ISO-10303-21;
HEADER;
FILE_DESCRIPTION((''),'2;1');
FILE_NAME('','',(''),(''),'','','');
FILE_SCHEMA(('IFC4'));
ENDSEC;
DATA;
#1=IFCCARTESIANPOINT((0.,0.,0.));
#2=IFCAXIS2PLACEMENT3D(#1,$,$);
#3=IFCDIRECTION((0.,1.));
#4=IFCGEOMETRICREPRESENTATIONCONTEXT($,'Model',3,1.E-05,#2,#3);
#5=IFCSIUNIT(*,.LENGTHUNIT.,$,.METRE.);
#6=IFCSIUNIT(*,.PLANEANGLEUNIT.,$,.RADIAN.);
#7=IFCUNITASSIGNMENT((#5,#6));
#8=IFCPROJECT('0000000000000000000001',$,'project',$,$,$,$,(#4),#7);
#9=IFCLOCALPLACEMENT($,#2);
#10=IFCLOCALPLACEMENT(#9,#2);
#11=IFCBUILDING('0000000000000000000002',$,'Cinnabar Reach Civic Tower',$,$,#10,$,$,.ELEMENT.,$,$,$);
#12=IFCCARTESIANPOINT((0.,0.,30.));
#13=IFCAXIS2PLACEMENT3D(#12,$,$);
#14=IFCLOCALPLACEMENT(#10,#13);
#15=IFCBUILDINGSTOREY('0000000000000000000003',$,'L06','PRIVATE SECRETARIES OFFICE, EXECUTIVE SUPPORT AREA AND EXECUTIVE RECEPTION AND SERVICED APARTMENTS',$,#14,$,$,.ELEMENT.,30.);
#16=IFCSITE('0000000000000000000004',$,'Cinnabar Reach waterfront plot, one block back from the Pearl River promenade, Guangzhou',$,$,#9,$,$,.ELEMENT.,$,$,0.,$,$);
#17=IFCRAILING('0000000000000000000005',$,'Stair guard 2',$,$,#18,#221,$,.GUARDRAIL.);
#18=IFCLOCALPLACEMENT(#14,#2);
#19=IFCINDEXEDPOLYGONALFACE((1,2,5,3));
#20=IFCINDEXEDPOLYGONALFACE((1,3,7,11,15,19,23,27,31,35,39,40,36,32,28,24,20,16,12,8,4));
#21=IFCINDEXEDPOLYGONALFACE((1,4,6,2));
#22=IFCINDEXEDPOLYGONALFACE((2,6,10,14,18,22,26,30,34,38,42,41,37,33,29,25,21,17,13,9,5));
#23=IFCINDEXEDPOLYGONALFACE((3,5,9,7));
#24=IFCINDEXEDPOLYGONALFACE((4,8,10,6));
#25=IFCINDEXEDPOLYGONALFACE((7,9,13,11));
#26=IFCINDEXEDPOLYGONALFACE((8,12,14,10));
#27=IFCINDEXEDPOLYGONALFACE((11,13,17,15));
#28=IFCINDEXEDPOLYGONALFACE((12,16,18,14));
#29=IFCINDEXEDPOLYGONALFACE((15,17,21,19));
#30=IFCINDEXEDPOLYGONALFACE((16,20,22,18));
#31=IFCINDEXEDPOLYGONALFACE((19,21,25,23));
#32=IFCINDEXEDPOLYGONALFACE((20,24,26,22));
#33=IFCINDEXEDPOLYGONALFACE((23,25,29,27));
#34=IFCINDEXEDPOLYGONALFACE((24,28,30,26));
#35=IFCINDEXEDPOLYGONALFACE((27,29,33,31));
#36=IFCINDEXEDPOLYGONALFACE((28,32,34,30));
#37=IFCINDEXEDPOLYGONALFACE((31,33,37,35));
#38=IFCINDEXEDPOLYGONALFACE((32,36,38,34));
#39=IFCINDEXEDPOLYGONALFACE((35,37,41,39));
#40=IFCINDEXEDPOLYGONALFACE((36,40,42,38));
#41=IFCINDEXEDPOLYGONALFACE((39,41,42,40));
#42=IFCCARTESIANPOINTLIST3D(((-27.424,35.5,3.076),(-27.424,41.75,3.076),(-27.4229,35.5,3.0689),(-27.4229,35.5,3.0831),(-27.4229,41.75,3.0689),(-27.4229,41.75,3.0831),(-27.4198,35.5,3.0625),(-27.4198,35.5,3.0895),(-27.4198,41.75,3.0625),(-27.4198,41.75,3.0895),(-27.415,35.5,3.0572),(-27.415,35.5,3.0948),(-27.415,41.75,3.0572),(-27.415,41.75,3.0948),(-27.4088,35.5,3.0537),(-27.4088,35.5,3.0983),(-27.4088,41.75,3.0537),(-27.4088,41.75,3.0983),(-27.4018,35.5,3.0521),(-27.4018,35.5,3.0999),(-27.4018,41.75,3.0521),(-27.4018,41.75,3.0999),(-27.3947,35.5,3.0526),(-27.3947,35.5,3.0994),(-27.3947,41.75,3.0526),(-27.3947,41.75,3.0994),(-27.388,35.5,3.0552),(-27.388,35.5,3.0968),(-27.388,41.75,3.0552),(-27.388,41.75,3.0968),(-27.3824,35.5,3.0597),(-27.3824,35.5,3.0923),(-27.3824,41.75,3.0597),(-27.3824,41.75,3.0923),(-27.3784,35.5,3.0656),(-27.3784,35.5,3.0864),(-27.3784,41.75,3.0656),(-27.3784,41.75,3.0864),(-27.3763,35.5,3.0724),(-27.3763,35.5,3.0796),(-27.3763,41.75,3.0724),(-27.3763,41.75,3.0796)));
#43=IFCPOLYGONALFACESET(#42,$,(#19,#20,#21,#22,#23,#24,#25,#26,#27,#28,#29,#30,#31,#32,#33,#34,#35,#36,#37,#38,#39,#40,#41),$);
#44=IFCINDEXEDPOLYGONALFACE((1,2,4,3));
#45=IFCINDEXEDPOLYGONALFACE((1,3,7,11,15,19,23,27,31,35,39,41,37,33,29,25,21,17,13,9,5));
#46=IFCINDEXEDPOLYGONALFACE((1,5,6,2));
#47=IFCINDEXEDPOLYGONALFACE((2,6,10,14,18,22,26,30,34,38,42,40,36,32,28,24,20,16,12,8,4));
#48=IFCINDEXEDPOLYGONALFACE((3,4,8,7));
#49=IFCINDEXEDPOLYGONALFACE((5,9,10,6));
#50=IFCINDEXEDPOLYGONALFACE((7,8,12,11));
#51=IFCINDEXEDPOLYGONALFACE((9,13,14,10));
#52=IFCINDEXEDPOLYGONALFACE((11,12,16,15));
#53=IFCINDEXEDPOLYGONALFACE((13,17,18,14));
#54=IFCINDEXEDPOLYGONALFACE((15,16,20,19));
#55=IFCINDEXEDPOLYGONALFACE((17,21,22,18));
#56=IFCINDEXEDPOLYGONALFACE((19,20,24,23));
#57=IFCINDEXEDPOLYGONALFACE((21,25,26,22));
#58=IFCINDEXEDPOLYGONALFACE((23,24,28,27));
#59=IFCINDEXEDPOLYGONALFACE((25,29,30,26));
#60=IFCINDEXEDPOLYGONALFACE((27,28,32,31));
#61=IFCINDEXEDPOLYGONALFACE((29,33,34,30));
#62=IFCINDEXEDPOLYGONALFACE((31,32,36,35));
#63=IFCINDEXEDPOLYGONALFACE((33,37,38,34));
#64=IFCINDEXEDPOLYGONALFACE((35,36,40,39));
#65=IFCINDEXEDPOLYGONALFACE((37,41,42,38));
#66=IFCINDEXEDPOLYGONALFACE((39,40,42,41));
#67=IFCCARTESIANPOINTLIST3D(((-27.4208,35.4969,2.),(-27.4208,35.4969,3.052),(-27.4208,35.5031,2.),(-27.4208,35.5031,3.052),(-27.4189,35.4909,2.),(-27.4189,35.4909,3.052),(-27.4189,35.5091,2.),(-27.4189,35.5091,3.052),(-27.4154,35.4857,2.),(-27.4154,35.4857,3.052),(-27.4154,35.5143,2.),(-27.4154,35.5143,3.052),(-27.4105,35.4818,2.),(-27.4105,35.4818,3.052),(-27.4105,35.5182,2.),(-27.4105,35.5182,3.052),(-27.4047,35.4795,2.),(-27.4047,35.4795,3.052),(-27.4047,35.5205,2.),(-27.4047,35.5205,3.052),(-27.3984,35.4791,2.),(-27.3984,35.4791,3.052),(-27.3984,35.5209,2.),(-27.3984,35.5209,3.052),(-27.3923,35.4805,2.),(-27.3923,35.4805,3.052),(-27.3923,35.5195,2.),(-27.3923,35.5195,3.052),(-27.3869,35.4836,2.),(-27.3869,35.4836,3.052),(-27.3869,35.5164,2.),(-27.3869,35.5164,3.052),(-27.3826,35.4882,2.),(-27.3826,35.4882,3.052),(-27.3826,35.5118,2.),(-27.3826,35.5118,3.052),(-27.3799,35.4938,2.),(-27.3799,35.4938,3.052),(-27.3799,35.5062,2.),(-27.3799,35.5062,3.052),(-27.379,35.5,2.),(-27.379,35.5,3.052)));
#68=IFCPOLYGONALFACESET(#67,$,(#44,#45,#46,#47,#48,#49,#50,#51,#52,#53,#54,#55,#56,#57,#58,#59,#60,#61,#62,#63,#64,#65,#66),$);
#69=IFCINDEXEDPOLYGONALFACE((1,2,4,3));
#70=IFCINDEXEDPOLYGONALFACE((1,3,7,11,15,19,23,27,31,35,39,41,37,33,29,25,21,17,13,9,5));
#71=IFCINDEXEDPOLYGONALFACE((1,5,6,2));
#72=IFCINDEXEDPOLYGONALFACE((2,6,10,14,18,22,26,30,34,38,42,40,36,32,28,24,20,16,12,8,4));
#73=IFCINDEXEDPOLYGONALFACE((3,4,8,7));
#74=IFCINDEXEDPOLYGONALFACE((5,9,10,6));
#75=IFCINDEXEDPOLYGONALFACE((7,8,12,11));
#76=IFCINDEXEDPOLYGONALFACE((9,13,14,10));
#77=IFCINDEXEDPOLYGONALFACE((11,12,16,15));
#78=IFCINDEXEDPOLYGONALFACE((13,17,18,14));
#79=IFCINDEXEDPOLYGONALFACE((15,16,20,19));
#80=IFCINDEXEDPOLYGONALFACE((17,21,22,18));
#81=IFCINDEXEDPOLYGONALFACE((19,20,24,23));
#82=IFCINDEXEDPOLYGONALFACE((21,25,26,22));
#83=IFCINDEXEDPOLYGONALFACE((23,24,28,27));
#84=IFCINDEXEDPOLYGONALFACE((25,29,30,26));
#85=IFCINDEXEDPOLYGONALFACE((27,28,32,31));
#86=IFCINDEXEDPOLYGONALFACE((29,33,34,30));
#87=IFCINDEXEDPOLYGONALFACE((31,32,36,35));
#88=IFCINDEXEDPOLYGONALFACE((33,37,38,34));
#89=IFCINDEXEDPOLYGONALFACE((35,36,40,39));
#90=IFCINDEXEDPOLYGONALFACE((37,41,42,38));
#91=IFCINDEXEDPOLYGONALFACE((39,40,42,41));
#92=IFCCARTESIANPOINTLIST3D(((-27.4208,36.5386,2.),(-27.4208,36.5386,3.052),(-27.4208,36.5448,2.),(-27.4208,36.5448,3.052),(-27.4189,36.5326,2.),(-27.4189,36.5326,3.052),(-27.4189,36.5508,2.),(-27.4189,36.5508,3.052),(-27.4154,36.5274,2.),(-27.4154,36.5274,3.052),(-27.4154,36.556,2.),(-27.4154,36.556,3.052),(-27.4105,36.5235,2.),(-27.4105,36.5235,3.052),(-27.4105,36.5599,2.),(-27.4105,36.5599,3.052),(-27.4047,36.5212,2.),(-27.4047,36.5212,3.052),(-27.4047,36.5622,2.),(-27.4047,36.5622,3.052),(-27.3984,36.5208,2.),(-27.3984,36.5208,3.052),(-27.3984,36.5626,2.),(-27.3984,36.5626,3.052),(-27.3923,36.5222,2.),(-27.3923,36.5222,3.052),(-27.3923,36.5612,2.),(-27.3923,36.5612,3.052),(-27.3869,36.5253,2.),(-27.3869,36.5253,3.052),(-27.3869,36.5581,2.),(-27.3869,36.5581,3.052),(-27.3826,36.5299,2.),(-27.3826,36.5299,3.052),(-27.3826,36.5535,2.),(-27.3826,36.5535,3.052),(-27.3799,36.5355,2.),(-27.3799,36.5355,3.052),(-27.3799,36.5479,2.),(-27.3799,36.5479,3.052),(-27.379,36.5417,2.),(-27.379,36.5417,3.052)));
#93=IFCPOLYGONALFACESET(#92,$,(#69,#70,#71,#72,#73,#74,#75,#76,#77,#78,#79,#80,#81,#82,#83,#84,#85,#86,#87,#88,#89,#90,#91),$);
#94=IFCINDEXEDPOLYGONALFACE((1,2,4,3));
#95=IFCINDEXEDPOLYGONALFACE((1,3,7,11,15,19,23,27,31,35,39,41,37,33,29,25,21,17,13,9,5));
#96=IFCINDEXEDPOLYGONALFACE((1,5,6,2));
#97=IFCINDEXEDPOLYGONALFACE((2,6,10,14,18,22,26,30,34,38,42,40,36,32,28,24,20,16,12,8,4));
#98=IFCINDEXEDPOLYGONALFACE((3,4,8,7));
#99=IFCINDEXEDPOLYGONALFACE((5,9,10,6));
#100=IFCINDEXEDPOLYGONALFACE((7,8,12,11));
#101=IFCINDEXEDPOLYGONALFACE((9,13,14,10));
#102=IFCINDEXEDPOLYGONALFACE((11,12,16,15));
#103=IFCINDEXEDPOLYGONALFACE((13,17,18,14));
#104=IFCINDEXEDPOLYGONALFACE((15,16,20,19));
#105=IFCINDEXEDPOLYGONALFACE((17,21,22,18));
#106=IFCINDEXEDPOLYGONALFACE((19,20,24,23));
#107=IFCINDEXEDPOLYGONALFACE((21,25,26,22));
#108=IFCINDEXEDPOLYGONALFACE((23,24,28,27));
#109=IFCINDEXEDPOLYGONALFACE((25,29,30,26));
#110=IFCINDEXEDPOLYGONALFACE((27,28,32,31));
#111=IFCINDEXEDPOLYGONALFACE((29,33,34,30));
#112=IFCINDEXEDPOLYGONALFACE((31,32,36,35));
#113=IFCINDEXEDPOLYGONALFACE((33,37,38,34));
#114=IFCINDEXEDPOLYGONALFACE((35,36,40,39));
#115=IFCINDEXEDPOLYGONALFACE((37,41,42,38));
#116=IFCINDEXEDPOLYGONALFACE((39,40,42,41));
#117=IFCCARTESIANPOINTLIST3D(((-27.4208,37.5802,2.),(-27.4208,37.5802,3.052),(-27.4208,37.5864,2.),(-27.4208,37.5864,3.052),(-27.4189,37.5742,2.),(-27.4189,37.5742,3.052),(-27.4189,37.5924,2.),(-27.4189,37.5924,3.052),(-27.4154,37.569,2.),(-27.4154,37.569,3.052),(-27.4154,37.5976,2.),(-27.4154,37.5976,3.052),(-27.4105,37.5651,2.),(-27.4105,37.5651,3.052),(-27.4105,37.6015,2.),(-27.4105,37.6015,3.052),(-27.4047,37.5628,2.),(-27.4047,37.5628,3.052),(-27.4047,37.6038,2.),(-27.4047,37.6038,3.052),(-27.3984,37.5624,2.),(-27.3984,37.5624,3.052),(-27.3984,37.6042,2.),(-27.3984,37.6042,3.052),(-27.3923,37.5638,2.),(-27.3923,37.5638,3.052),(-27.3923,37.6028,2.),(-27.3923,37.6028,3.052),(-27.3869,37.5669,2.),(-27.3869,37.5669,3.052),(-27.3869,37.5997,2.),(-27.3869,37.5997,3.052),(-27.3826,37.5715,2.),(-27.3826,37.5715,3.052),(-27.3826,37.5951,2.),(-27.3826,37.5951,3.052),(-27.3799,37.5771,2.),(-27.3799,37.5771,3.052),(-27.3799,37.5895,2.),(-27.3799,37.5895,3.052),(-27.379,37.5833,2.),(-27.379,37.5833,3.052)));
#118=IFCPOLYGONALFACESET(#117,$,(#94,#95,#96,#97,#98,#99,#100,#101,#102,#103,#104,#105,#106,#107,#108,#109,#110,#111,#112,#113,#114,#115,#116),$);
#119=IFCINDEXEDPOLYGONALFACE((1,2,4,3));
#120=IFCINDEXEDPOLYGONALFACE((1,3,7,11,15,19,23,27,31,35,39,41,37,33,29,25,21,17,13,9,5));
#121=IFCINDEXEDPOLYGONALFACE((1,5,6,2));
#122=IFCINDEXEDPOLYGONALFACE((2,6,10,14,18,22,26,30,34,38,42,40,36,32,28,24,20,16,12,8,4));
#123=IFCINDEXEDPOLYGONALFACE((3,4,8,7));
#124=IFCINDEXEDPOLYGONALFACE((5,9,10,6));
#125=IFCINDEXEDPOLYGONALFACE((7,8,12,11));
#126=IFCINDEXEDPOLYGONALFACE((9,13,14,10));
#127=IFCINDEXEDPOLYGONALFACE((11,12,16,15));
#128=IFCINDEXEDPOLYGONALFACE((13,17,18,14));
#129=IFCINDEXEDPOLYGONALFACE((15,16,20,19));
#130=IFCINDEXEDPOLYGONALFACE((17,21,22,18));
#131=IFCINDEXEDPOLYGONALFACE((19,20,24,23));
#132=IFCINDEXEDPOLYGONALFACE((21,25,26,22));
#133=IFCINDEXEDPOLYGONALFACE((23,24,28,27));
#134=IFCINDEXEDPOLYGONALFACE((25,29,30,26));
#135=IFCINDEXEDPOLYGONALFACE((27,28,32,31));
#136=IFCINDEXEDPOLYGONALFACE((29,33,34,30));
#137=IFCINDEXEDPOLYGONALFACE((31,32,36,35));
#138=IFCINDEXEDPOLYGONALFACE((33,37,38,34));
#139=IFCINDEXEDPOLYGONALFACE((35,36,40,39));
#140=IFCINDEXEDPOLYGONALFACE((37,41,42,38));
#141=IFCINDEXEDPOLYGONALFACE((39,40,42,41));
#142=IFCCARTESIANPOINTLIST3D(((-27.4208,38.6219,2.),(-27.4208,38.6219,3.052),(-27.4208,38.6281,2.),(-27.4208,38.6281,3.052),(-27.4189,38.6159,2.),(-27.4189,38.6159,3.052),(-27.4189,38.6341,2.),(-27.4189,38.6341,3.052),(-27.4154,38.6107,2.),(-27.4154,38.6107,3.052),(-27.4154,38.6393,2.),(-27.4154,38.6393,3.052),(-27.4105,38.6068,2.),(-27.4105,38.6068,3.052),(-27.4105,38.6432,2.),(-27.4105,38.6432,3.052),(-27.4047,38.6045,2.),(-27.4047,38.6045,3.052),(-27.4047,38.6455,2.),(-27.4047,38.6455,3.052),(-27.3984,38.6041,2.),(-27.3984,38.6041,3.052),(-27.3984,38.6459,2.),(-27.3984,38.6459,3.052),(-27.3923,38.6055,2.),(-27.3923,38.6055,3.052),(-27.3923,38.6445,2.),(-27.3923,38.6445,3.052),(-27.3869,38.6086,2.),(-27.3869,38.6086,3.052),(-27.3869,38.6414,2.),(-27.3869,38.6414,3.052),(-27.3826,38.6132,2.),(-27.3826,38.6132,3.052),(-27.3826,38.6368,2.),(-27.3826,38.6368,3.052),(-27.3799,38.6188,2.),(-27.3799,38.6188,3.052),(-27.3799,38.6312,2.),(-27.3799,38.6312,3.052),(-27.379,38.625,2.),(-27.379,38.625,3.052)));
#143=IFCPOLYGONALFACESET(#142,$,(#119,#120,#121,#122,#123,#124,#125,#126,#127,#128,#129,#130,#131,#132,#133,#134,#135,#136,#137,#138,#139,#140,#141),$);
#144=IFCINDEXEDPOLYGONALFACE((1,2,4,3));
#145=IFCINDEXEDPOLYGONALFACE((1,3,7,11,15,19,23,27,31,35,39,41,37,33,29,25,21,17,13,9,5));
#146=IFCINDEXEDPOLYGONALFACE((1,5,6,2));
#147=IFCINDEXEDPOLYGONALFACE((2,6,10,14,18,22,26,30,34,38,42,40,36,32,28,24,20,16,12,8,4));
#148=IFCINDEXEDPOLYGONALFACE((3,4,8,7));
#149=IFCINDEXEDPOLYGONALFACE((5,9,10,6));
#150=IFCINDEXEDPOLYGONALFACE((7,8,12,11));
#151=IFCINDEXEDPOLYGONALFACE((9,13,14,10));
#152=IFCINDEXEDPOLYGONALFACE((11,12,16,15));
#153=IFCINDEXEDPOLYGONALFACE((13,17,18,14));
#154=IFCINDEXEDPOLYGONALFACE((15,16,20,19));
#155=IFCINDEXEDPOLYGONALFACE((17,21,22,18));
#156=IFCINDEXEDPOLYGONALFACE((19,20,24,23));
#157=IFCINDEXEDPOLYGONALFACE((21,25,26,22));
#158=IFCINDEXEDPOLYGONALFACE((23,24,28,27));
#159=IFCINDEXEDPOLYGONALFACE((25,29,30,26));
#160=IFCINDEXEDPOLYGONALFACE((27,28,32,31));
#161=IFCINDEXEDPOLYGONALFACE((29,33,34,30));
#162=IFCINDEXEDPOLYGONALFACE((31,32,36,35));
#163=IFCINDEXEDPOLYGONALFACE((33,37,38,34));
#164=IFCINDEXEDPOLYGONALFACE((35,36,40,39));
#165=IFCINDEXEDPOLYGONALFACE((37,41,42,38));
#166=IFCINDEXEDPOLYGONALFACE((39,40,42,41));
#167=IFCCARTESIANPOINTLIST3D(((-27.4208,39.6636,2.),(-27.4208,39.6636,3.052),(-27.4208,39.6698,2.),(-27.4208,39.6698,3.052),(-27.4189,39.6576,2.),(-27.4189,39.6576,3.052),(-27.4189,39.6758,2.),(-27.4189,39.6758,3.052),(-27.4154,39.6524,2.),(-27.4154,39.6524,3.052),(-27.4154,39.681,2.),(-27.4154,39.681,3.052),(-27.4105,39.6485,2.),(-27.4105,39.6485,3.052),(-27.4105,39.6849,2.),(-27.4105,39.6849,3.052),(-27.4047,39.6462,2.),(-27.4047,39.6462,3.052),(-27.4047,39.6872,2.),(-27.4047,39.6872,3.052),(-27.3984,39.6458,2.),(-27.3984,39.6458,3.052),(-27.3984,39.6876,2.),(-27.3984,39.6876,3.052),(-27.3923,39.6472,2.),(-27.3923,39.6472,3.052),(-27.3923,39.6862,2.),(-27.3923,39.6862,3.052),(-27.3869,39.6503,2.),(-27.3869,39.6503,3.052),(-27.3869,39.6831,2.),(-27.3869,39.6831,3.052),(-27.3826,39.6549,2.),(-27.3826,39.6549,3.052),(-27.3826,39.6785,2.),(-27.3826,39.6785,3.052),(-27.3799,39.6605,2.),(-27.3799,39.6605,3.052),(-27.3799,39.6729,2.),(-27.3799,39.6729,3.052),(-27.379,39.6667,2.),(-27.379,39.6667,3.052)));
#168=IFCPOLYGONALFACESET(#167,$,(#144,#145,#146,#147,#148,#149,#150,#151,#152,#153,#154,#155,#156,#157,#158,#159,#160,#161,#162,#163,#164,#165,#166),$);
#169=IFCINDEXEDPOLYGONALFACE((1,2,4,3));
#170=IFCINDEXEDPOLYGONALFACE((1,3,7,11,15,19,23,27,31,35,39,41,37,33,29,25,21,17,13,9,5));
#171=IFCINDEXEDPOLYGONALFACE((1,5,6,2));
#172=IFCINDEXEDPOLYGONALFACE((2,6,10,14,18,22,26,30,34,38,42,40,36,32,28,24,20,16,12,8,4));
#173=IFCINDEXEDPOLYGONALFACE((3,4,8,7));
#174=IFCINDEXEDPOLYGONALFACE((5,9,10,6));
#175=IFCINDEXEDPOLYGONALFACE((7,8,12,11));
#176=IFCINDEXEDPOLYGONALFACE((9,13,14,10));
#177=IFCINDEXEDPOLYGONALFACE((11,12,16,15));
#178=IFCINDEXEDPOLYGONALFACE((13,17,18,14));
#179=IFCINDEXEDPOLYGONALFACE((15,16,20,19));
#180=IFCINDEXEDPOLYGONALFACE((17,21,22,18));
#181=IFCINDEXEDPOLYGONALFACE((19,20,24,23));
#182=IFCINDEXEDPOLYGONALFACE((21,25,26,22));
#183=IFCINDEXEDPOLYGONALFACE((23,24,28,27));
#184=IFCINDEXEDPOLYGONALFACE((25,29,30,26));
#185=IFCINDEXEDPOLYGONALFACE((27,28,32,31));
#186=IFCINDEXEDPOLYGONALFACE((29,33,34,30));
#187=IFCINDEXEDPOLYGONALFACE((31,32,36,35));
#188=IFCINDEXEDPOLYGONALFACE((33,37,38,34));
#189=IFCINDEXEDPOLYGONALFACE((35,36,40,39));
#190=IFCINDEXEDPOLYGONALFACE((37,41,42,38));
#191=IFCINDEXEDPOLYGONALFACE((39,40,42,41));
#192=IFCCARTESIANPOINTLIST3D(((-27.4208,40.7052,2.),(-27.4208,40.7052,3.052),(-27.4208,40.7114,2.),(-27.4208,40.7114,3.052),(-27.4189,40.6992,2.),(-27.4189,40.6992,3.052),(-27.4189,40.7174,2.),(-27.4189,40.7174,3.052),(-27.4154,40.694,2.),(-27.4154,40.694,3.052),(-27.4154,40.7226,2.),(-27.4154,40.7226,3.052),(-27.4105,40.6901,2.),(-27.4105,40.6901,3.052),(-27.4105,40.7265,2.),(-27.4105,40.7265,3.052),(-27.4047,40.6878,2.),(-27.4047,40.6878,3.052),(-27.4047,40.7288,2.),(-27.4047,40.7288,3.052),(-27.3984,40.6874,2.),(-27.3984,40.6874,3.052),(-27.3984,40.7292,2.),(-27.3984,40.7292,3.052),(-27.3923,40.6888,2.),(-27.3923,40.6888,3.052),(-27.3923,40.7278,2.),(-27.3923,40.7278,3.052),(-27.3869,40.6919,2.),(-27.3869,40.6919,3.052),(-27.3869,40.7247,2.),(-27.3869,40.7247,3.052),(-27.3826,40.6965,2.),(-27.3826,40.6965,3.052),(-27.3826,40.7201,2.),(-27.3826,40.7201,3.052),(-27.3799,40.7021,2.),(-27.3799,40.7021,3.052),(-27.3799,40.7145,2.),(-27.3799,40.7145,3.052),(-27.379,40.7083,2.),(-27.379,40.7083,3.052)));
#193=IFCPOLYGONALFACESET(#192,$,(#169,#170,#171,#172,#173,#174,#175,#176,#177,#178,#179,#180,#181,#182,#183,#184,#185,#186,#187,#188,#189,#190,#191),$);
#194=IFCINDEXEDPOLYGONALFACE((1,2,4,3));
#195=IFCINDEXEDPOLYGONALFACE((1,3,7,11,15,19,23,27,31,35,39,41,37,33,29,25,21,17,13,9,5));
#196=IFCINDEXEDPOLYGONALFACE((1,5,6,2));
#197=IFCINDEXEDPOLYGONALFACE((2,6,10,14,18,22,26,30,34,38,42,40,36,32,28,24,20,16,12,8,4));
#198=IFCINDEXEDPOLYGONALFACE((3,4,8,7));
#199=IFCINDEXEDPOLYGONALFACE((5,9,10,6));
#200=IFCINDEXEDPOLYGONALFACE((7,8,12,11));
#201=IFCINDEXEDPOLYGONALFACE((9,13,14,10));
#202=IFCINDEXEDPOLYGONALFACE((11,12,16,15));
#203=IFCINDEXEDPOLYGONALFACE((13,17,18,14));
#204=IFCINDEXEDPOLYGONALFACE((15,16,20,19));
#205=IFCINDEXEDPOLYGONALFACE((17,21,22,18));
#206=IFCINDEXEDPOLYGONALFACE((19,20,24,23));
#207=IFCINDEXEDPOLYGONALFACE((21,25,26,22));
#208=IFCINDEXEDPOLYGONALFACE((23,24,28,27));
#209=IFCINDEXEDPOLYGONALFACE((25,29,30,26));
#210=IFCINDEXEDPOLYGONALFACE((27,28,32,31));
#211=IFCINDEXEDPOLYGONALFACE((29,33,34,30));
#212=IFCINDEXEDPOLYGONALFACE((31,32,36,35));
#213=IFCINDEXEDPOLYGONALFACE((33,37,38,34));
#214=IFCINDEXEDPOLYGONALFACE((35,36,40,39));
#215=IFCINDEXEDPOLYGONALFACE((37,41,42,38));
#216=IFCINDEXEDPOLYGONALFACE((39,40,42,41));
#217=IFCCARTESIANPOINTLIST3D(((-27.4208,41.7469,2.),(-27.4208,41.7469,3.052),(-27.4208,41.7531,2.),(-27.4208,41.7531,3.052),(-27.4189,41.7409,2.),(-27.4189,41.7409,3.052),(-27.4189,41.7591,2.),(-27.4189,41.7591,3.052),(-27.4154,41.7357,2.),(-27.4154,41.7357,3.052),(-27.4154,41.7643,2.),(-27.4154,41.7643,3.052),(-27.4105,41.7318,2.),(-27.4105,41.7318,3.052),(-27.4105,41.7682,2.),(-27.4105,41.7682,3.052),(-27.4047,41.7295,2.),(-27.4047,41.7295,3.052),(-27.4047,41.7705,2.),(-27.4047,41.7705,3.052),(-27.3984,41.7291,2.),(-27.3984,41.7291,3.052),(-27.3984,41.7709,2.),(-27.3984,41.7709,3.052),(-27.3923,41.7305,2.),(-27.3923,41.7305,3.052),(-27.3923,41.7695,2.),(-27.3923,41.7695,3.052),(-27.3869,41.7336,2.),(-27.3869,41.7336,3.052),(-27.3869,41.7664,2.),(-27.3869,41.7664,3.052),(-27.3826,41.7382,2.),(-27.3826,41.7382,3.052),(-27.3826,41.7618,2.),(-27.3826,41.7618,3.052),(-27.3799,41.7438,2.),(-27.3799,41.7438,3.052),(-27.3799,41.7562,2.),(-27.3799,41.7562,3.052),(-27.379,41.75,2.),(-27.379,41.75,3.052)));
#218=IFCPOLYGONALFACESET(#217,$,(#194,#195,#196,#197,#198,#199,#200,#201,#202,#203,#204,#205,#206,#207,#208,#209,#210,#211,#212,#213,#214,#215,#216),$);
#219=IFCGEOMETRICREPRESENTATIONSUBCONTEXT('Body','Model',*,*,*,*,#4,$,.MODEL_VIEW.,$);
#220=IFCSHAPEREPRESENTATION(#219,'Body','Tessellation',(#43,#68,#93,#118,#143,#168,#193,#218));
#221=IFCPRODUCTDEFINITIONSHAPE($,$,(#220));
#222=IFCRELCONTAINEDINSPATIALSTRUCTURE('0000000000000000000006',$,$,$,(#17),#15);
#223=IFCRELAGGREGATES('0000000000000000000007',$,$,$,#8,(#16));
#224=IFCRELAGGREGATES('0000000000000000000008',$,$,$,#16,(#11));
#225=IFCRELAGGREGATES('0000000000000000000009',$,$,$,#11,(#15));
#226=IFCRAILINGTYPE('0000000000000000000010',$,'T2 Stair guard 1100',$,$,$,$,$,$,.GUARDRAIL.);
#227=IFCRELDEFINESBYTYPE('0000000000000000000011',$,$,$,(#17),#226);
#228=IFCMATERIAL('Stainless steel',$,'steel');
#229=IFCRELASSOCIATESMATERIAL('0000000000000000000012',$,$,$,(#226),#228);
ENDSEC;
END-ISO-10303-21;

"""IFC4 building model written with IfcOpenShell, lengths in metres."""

from ifc_helpers import new_model, si_unit, direction, frame, origin, origin_2d, place, context, subcontext, project, spatial, circle, extrude, material, type_object, element, save


model = new_model("IFC4")

# Units and contexts
model_context = context("Model", 3, precision=1e-05, world=origin(), true_north=direction((0.0, 1.0)))
body_context = subcontext(model_context, "Body", "Model", "MODEL_VIEW")
ifc_project = project(units=[si_unit("LENGTHUNIT", "METRE"), si_unit("PLANEANGLEUNIT", "RADIAN")], contexts=[model_context])

# Site, building, storey
site_placement = place(None, origin())
site = spatial("IfcSite", under=ifc_project, at=site_placement, Name="Cinnabar Reach waterfront plot, one block back from the Pearl River promenade, Guangzhou", CompositionType="ELEMENT", RefElevation=0.0)
building_placement = place(site_placement, origin())
building = spatial("IfcBuilding", under=site, at=building_placement, Name="Cinnabar Reach Civic Tower", CompositionType="ELEMENT")
storey_placement = place(building_placement, frame((0.0, 0.0, 30.0)))
storey = spatial("IfcBuildingStorey", under=building, at=storey_placement, Name="L06", Description="PRIVATE SECRETARIES OFFICE, EXECUTIVE SUPPORT AREA AND EXECUTIVE RECEPTION AND SERVICED APARTMENTS", CompositionType="ELEMENT", Elevation=30.0)

# Railing
ifc_material_1 = material(Name="Stainless steel", Category="steel")
railing_type = type_object("IfcRailingType", Name="T2 Stair guard 1100", PredefinedType="GUARDRAIL", material=ifc_material_1)
for number, where, name in (
    (1, (-27.4, 35.5, 2.0), "Stair guard 2"),
):
    element("IfcRailing", number, at=place(storey_placement, frame(where)), inside=storey, type_object=railing_type, Name=name, PredefinedType="GUARDRAIL", context=body_context, shape_type="SweptSolid", body=[
        extrude(circle(Radius=0.024, at=origin_2d()), frame((0.0, 0.0, 1.076), z_axis=(0.0, 1.0, 0.0), x_axis=(-1.0, 0.0, 0.0)), (0.0, 0.0, 1.0), 6.25),
        extrude(circle(Radius=0.021, at=origin_2d()), origin(), (0.0, 0.0, 1.0), 1.052),
        extrude(circle(Radius=0.021, at=origin_2d()), frame((0.0, 1.0417, 0.0)), (0.0, 0.0, 1.0), 1.052),
        extrude(circle(Radius=0.021, at=origin_2d()), frame((0.0, 2.0833, 0.0)), (0.0, 0.0, 1.0), 1.052),
        extrude(circle(Radius=0.021, at=origin_2d()), frame((0.0, 3.125, 0.0)), (0.0, 0.0, 1.0), 1.052),
        extrude(circle(Radius=0.021, at=origin_2d()), frame((0.0, 4.1667, 0.0)), (0.0, 0.0, 1.0), 1.052),
        extrude(circle(Radius=0.021, at=origin_2d()), frame((0.0, 5.2083, 0.0)), (0.0, 0.0, 1.0), 1.052),
        extrude(circle(Radius=0.021, at=origin_2d()), frame((0.0, 6.25, 0.0)), (0.0, 0.0, 1.0), 1.052),
    ])

save(model, "model.ifc")
